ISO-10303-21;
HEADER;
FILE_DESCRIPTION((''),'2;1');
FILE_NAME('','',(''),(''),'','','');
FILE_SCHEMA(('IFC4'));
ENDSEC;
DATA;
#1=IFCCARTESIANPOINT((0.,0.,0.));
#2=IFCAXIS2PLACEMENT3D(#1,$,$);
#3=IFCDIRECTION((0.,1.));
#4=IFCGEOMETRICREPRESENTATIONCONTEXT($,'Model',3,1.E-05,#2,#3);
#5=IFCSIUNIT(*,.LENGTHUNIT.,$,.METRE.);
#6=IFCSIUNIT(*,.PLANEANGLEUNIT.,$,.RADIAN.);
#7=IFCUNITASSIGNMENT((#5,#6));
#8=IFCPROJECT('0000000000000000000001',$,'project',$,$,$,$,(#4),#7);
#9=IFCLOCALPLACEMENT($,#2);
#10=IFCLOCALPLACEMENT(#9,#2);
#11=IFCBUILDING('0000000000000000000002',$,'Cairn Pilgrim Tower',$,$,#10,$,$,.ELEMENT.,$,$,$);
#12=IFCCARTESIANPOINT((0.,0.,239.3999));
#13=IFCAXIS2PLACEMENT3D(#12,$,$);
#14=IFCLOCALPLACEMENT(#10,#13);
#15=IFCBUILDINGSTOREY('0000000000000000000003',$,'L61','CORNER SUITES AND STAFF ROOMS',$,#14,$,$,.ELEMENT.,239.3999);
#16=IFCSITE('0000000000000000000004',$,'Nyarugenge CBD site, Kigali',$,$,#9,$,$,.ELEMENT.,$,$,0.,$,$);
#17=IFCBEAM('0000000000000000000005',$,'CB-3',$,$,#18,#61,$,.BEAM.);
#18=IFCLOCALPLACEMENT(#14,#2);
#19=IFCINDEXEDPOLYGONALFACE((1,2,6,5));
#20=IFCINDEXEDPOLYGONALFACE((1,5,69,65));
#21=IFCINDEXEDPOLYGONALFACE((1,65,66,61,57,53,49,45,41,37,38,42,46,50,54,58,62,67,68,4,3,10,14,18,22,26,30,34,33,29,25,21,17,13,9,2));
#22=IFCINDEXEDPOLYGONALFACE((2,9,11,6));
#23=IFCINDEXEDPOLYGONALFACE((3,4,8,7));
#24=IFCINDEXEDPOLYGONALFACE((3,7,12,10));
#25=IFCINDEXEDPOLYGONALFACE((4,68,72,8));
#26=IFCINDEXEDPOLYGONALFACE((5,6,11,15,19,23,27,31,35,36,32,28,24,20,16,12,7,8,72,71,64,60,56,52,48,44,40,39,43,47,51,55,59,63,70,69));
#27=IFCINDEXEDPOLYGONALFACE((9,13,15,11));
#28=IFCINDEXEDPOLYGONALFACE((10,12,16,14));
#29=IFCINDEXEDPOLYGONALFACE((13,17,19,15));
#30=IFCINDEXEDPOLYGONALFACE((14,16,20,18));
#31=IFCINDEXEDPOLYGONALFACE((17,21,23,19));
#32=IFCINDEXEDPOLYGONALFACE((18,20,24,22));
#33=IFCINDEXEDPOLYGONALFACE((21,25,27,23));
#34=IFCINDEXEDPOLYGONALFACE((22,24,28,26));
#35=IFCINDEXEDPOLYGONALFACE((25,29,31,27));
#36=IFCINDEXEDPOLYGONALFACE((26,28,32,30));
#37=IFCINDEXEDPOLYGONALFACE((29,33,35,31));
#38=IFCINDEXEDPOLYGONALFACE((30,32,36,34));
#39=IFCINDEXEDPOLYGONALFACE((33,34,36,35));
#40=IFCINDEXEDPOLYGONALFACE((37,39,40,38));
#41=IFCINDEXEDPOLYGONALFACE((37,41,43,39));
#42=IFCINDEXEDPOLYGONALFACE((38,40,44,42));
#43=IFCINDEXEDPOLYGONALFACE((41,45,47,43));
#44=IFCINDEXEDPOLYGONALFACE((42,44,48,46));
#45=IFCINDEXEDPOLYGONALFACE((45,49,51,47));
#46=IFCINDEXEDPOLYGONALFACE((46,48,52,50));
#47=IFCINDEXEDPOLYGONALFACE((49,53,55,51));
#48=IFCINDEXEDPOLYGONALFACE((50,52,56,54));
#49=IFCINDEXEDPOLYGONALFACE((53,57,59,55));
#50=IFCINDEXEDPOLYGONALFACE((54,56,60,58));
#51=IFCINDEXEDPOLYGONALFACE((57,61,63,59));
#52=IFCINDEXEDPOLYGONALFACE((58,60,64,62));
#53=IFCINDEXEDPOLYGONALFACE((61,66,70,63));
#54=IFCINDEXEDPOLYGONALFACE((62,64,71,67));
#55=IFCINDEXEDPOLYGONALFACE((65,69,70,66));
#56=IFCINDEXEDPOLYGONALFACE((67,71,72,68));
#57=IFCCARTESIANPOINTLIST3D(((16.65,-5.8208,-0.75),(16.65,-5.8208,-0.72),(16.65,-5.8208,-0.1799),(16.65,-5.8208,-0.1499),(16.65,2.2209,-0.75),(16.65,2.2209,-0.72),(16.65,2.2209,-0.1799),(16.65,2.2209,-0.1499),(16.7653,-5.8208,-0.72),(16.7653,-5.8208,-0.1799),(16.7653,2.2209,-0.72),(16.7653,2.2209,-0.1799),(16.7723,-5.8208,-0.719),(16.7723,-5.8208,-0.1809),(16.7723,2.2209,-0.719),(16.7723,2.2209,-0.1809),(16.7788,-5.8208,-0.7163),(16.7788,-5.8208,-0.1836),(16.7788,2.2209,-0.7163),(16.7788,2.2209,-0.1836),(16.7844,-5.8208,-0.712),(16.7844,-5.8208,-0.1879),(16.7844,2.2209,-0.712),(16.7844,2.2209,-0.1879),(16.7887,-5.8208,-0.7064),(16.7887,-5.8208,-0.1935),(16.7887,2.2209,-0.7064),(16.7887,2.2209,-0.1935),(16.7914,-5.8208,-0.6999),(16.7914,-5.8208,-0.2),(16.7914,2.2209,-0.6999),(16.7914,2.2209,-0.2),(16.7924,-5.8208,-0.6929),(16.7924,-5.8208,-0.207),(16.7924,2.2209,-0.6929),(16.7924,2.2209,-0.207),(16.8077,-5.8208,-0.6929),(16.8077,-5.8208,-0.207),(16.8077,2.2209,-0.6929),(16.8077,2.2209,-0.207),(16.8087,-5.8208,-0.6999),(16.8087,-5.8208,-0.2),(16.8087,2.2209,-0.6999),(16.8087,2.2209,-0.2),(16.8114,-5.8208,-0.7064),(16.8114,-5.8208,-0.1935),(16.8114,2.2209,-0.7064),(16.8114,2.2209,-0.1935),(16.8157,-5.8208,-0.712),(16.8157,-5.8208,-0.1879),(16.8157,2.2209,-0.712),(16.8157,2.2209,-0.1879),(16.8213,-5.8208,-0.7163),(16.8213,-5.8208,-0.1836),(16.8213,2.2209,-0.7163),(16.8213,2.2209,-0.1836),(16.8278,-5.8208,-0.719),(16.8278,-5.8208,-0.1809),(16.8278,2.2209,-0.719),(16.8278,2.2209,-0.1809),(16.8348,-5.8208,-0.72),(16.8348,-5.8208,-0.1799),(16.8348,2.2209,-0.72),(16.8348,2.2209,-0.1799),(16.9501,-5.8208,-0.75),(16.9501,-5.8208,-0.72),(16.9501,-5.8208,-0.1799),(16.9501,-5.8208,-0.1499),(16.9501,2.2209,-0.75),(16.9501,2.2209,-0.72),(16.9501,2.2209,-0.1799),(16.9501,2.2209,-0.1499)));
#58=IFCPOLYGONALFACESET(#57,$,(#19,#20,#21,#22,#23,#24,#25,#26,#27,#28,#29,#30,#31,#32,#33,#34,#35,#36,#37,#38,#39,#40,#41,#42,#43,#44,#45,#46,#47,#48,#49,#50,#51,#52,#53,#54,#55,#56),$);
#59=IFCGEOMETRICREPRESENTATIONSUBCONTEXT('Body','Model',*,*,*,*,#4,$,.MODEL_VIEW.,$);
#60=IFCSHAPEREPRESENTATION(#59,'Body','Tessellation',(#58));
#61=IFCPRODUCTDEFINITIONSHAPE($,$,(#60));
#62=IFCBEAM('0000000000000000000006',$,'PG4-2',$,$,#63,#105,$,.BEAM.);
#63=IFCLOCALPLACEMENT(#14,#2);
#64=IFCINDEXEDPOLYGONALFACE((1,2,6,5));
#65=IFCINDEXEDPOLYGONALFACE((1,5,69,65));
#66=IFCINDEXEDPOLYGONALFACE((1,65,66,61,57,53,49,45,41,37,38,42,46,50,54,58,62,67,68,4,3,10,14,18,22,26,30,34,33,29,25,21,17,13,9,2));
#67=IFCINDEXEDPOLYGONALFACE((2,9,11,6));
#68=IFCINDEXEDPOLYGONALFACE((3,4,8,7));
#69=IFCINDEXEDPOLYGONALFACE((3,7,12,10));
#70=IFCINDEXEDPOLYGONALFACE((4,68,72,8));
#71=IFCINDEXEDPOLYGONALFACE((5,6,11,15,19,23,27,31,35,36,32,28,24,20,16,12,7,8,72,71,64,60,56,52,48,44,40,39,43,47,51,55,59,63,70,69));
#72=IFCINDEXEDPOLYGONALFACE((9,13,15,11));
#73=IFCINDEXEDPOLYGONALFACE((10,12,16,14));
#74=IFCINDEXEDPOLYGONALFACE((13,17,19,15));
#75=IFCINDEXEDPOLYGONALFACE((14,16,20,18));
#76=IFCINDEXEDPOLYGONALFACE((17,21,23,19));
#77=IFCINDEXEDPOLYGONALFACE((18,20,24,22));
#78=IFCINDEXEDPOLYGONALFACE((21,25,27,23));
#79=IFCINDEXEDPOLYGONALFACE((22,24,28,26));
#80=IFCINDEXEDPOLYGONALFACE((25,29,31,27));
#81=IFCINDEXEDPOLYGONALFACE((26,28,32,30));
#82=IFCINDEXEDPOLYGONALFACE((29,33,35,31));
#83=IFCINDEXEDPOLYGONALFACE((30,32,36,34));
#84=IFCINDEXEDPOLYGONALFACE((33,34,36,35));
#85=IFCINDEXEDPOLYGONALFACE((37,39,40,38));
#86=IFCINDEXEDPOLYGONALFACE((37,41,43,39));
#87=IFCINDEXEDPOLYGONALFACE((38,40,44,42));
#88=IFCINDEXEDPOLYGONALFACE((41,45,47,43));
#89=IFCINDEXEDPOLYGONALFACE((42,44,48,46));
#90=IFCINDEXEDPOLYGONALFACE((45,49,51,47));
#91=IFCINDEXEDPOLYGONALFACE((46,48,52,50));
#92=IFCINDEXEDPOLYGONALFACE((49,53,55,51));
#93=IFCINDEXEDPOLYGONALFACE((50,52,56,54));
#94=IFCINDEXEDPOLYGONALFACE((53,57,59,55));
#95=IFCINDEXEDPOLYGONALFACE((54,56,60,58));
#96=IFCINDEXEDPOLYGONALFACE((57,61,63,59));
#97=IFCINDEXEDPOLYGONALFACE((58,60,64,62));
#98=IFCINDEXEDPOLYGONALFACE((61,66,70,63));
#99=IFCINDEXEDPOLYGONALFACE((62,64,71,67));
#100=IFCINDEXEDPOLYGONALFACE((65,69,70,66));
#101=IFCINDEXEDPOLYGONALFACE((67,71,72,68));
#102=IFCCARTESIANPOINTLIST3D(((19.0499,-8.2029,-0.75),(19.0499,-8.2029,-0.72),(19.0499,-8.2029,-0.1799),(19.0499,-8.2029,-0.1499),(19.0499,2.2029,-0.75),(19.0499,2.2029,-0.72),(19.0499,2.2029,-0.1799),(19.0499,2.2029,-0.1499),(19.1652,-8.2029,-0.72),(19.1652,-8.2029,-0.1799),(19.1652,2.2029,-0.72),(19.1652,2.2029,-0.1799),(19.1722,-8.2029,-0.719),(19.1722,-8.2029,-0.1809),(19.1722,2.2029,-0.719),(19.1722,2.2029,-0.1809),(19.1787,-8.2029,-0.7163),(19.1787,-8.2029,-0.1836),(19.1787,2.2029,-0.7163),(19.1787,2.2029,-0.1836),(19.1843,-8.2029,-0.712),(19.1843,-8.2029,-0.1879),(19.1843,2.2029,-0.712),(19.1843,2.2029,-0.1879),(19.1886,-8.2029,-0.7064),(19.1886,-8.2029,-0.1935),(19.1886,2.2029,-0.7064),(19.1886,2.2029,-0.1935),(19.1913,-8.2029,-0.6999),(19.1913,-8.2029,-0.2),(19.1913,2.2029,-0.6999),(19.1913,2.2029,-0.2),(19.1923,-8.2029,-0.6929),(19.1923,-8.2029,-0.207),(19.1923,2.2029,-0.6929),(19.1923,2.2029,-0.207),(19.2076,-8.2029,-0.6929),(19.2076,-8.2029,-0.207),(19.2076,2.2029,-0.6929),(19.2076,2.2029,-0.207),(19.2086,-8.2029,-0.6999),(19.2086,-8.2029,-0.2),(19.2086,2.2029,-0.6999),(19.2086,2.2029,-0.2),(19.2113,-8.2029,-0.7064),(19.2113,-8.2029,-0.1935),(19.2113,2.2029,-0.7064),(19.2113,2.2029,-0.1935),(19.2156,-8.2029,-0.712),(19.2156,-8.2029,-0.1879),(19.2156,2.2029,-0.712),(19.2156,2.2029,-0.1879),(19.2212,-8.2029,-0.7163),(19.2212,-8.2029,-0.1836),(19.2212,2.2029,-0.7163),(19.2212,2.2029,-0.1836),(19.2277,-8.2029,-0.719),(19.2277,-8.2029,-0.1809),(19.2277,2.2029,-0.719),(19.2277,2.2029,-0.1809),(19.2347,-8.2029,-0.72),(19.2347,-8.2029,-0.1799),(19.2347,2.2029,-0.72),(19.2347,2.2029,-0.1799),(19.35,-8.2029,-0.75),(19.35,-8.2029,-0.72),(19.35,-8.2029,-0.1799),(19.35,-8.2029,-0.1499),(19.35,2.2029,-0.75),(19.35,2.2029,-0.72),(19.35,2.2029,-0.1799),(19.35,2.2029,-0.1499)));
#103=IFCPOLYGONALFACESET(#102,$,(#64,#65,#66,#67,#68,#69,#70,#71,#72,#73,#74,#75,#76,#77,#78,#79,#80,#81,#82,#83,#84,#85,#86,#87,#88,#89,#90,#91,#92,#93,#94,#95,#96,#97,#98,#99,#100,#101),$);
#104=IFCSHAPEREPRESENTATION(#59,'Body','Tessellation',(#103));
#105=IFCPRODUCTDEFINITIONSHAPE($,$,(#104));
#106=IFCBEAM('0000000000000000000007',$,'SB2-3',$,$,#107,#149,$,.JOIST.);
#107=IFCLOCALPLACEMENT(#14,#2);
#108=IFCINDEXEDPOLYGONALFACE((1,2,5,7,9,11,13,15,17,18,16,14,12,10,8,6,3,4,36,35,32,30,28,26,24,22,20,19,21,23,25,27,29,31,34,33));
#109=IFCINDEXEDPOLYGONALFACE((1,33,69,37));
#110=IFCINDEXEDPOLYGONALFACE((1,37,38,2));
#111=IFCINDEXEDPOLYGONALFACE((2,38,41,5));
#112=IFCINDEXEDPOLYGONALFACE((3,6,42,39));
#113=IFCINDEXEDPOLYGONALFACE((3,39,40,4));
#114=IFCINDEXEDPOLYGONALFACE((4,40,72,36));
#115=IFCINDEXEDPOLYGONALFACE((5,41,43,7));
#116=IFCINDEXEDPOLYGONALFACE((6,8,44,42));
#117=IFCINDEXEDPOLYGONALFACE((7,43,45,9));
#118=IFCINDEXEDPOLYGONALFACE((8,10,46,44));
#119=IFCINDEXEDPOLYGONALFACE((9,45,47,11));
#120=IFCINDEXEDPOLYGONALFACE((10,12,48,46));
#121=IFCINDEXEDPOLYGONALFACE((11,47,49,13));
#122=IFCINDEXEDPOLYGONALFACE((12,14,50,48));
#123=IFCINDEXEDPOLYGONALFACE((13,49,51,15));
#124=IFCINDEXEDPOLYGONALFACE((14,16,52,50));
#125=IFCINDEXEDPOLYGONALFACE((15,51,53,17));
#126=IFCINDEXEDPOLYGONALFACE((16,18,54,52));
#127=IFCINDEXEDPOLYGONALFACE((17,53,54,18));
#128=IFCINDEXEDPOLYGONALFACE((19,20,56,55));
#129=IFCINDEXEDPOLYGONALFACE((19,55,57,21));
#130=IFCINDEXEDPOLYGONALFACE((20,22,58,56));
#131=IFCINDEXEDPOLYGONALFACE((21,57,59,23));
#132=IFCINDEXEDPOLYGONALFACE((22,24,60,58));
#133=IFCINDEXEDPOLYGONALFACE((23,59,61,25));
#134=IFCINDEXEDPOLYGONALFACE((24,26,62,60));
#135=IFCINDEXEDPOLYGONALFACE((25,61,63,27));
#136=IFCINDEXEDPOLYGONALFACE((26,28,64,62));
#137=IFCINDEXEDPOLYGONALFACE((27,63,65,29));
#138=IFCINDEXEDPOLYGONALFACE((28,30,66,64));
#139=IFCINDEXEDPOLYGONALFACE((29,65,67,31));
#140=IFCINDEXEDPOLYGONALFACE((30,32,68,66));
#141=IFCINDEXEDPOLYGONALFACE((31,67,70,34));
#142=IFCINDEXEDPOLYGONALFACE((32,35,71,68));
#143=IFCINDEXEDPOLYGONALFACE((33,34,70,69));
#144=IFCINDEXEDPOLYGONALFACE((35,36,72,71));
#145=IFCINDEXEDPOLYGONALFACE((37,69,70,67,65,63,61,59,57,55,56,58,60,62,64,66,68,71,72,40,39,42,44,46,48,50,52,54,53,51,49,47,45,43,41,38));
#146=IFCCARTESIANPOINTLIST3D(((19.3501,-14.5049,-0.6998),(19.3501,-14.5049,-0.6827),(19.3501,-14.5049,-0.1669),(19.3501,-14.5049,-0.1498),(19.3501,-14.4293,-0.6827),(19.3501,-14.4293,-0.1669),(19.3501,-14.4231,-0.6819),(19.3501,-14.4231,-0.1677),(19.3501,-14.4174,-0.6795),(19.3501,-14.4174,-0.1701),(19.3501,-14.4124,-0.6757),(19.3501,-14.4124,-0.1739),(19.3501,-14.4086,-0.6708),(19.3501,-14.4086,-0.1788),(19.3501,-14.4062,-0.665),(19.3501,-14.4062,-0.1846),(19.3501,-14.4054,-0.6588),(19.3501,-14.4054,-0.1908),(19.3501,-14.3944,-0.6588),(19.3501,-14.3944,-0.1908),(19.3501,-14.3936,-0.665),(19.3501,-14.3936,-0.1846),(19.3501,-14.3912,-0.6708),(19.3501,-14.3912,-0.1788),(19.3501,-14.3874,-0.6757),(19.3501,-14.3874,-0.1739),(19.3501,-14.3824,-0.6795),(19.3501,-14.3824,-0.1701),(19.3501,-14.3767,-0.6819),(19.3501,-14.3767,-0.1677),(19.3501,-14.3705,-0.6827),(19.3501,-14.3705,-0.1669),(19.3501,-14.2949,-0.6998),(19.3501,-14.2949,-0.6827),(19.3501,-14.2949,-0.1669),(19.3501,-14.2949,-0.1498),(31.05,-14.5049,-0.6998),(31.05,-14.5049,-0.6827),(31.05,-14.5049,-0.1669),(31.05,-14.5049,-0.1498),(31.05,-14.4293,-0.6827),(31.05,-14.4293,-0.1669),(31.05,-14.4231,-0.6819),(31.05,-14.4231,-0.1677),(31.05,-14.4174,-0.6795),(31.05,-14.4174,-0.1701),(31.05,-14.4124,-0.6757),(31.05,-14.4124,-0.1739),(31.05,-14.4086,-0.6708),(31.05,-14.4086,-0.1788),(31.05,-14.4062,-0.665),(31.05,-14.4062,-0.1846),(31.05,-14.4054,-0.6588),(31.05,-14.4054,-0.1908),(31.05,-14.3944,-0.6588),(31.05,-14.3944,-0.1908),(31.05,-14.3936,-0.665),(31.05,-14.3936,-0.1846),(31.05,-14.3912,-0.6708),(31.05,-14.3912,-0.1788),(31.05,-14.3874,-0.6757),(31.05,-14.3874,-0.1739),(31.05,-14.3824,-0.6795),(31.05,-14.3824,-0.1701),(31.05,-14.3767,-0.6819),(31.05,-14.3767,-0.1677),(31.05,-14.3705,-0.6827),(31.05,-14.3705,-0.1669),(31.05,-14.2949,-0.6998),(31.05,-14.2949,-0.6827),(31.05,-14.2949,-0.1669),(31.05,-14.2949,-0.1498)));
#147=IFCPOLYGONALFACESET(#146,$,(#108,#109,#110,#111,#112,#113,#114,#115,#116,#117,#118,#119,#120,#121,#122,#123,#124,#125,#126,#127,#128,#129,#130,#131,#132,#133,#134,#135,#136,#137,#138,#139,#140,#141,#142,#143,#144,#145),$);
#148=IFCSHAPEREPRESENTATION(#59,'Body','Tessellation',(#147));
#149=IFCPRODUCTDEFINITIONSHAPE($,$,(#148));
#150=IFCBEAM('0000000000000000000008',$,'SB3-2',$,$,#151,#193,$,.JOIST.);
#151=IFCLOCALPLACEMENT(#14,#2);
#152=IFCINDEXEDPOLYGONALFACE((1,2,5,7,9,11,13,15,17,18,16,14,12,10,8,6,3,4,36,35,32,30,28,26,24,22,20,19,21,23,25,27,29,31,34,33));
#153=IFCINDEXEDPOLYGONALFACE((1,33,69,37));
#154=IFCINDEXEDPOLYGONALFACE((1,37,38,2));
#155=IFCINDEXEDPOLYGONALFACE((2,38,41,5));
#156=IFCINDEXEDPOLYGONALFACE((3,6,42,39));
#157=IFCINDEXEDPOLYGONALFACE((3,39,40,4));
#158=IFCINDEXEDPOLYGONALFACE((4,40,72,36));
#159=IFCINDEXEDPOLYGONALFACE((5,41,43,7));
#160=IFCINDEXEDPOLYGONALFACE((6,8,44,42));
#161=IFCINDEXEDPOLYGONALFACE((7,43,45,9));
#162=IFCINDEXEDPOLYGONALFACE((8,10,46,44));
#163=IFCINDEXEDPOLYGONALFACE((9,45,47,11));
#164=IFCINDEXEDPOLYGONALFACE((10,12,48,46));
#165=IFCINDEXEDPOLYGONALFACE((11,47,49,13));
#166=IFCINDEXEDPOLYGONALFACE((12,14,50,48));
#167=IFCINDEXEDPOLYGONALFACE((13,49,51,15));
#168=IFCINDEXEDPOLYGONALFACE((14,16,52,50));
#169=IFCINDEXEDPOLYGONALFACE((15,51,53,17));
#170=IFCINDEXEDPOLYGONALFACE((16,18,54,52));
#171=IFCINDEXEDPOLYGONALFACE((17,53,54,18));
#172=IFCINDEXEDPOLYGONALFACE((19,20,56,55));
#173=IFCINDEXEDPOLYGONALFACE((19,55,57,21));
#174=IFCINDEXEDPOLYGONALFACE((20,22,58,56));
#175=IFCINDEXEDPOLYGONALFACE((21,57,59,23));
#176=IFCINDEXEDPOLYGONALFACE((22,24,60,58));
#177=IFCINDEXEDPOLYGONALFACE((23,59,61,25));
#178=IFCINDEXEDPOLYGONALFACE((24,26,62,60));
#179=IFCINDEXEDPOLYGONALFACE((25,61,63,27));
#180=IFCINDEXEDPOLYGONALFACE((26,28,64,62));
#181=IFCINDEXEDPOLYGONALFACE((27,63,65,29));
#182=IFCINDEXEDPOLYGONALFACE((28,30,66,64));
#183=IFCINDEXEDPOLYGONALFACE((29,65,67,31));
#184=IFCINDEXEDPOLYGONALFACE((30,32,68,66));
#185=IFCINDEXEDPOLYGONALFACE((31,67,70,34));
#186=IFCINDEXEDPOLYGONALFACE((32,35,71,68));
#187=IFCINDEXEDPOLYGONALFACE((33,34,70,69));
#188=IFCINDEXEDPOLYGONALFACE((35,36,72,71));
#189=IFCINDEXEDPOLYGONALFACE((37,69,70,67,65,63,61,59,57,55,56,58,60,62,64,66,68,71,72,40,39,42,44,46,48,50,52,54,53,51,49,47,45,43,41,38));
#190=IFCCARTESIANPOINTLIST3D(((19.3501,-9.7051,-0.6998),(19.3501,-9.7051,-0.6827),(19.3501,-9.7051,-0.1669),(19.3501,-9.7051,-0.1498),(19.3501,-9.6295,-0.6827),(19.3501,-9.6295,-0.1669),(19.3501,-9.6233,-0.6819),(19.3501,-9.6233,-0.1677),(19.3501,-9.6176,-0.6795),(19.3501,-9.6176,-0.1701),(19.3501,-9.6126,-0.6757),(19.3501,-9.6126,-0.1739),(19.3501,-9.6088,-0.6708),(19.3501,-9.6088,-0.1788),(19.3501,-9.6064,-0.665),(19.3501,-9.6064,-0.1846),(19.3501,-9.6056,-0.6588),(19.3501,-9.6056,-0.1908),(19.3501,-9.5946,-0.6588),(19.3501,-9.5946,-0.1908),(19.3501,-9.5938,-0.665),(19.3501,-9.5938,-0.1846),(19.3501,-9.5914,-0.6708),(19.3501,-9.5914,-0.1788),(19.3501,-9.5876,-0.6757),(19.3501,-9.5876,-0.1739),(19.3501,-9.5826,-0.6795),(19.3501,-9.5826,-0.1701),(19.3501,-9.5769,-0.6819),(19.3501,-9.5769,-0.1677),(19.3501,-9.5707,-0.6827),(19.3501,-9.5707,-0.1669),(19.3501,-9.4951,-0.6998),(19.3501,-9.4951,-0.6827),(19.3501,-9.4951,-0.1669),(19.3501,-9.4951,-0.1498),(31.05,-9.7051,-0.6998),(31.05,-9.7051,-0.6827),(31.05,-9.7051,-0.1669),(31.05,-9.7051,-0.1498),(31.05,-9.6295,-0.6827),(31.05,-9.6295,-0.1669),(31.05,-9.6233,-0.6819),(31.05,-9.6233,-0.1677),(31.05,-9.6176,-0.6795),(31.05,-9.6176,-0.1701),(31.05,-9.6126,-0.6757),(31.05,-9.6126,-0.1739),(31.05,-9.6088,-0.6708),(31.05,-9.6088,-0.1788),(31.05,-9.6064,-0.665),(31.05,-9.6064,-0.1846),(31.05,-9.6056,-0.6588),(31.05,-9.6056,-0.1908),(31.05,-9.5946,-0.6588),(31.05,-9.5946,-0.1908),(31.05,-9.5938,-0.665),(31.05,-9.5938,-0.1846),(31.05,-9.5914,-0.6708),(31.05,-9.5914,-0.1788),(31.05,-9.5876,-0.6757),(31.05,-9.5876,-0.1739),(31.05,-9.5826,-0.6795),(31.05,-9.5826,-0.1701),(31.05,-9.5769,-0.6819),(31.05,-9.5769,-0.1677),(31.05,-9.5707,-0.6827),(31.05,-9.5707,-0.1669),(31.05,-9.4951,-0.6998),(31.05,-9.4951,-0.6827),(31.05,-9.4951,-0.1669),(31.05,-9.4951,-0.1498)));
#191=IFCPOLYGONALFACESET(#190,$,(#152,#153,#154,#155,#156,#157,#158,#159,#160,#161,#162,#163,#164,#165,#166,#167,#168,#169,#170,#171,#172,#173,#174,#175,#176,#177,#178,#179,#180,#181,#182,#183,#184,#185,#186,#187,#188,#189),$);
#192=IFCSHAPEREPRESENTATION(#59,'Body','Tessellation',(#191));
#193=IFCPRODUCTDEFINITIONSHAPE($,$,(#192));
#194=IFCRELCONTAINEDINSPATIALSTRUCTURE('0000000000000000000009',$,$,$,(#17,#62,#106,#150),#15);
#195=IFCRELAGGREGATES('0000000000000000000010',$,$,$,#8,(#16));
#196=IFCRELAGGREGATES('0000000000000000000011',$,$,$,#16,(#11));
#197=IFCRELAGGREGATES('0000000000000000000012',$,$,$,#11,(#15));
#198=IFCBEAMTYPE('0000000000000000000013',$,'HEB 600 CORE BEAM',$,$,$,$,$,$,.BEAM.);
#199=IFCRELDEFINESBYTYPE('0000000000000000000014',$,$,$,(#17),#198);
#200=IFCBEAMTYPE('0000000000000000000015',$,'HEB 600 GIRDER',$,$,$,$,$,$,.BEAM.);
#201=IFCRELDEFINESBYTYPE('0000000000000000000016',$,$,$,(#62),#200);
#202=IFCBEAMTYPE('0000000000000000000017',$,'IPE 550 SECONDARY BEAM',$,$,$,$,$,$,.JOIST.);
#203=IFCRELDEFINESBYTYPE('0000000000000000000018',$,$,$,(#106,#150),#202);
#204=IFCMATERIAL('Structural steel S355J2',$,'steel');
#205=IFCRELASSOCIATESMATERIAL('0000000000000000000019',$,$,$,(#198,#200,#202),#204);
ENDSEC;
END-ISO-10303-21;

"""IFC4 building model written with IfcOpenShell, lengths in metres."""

from ifc_helpers import new_model, si_unit, direction, frame, origin, origin_2d, place, context, subcontext, project, spatial, i_section, extrude, material, material_profile, profile_set, type_object, element, save


model = new_model("IFC4")

# Units and contexts
model_context = context("Model", 3, precision=1e-05, world=origin(), true_north=direction((0.0, 1.0)))
body_context = subcontext(model_context, "Body", "Model", "MODEL_VIEW")
ifc_project = project(units=[si_unit("LENGTHUNIT", "METRE"), si_unit("PLANEANGLEUNIT", "RADIAN")], contexts=[model_context])

# Site, building, storey
site_placement = place(None, origin())
site = spatial("IfcSite", under=ifc_project, at=site_placement, Name="Nyarugenge CBD site, Kigali", CompositionType="ELEMENT", RefElevation=0.0)
building_placement = place(site_placement, origin())
building = spatial("IfcBuilding", under=site, at=building_placement, Name="Cairn Pilgrim Tower", CompositionType="ELEMENT")
storey_placement = place(building_placement, frame((0.0, 0.0, 239.3999)))
storey = spatial("IfcBuildingStorey", under=building, at=storey_placement, Name="L61", Description="CORNER SUITES AND STAFF ROOMS", CompositionType="ELEMENT", Elevation=239.3999)

# Shared definitions
ifc_material_1 = material(Name="Structural steel S355J2", Category="steel")

# Beams
ifc_material_profile_1 = material_profile(ifc_material_1, i_section(OverallWidth=0.3, OverallDepth=0.6001, WebThickness=0.0154, FlangeThickness=0.03, FilletRadius=0.0271, at=origin_2d()), Name="HEB 600")
ifc_profile_set_1 = profile_set([ifc_material_profile_1], Name="Structural steel S355J2")
beam_type_1 = type_object("IfcBeamType", Name="HEB 600 CORE BEAM", PredefinedType="BEAM", material=ifc_profile_set_1)
beam_1_placement = place(storey_placement, frame((16.8, -5.8208, -0.45), z_axis=(0.0, 1.0, 0.0), x_axis=(-1.0, 0.0, 0.0)))
element("IfcBeam", 1, at=beam_1_placement, inside=storey, type_object=beam_type_1, Name="CB-3", PredefinedType="BEAM", context=body_context, shape_type="SweptSolid", body=[
    extrude(i_section(OverallWidth=0.3, OverallDepth=0.6001, WebThickness=0.0154, FlangeThickness=0.03, FilletRadius=0.0271, at=origin_2d()), origin(), (0.0, 0.0, 1.0), 8.0417),
])
ifc_material_profile_2 = material_profile(ifc_material_1, i_section(OverallWidth=0.3, OverallDepth=0.6001, WebThickness=0.0154, FlangeThickness=0.03, FilletRadius=0.0271, at=origin_2d()), Name="HEB 600")
ifc_profile_set_2 = profile_set([ifc_material_profile_2], Name="Structural steel S355J2")
beam_type_2 = type_object("IfcBeamType", Name="HEB 600 GIRDER", PredefinedType="BEAM", material=ifc_profile_set_2)
beam_2_placement = place(storey_placement, frame((19.2, -8.2029, -0.45), z_axis=(0.0, 1.0, 0.0), x_axis=(-1.0, 0.0, 0.0)))
element("IfcBeam", 2, at=beam_2_placement, inside=storey, type_object=beam_type_2, Name="PG4-2", PredefinedType="BEAM", context=body_context, shape_type="SweptSolid", body=[
    extrude(i_section(OverallWidth=0.3, OverallDepth=0.6001, WebThickness=0.0154, FlangeThickness=0.03, FilletRadius=0.0271, at=origin_2d()), origin(), (0.0, 0.0, 1.0), 10.4058),
])
ifc_material_profile_3 = material_profile(ifc_material_1, i_section(OverallWidth=0.21, OverallDepth=0.55, WebThickness=0.011, FlangeThickness=0.0171, FilletRadius=0.0239, at=origin_2d()), Name="IPE 550")
ifc_profile_set_3 = profile_set([ifc_material_profile_3], Name="Structural steel S355J2")
beam_type_3 = type_object("IfcBeamType", Name="IPE 550 SECONDARY BEAM", PredefinedType="JOIST", material=ifc_profile_set_3)
for number, where, z_axis, x_axis, name in (
    (3, (19.3501, -14.3999, -0.4248), (1.0, 0.0, 0.0), (0.0, 1.0, 0.0), "SB2-3"),
    (4, (19.3501, -9.6001, -0.4248), (1.0, 0.0, 0.0), (0.0, 1.0, 0.0), "SB3-2"),
):
    element("IfcBeam", number, at=place(storey_placement, frame(where, z_axis=z_axis, x_axis=x_axis)), inside=storey, type_object=beam_type_3, Name=name, PredefinedType="JOIST", context=body_context, shape_type="SweptSolid", body=[
        extrude(i_section(OverallWidth=0.21, OverallDepth=0.55, WebThickness=0.011, FlangeThickness=0.0171, FilletRadius=0.0239, at=origin_2d()), origin(), (0.0, 0.0, 1.0), 11.7),
    ])

save(model, "model.ifc")
